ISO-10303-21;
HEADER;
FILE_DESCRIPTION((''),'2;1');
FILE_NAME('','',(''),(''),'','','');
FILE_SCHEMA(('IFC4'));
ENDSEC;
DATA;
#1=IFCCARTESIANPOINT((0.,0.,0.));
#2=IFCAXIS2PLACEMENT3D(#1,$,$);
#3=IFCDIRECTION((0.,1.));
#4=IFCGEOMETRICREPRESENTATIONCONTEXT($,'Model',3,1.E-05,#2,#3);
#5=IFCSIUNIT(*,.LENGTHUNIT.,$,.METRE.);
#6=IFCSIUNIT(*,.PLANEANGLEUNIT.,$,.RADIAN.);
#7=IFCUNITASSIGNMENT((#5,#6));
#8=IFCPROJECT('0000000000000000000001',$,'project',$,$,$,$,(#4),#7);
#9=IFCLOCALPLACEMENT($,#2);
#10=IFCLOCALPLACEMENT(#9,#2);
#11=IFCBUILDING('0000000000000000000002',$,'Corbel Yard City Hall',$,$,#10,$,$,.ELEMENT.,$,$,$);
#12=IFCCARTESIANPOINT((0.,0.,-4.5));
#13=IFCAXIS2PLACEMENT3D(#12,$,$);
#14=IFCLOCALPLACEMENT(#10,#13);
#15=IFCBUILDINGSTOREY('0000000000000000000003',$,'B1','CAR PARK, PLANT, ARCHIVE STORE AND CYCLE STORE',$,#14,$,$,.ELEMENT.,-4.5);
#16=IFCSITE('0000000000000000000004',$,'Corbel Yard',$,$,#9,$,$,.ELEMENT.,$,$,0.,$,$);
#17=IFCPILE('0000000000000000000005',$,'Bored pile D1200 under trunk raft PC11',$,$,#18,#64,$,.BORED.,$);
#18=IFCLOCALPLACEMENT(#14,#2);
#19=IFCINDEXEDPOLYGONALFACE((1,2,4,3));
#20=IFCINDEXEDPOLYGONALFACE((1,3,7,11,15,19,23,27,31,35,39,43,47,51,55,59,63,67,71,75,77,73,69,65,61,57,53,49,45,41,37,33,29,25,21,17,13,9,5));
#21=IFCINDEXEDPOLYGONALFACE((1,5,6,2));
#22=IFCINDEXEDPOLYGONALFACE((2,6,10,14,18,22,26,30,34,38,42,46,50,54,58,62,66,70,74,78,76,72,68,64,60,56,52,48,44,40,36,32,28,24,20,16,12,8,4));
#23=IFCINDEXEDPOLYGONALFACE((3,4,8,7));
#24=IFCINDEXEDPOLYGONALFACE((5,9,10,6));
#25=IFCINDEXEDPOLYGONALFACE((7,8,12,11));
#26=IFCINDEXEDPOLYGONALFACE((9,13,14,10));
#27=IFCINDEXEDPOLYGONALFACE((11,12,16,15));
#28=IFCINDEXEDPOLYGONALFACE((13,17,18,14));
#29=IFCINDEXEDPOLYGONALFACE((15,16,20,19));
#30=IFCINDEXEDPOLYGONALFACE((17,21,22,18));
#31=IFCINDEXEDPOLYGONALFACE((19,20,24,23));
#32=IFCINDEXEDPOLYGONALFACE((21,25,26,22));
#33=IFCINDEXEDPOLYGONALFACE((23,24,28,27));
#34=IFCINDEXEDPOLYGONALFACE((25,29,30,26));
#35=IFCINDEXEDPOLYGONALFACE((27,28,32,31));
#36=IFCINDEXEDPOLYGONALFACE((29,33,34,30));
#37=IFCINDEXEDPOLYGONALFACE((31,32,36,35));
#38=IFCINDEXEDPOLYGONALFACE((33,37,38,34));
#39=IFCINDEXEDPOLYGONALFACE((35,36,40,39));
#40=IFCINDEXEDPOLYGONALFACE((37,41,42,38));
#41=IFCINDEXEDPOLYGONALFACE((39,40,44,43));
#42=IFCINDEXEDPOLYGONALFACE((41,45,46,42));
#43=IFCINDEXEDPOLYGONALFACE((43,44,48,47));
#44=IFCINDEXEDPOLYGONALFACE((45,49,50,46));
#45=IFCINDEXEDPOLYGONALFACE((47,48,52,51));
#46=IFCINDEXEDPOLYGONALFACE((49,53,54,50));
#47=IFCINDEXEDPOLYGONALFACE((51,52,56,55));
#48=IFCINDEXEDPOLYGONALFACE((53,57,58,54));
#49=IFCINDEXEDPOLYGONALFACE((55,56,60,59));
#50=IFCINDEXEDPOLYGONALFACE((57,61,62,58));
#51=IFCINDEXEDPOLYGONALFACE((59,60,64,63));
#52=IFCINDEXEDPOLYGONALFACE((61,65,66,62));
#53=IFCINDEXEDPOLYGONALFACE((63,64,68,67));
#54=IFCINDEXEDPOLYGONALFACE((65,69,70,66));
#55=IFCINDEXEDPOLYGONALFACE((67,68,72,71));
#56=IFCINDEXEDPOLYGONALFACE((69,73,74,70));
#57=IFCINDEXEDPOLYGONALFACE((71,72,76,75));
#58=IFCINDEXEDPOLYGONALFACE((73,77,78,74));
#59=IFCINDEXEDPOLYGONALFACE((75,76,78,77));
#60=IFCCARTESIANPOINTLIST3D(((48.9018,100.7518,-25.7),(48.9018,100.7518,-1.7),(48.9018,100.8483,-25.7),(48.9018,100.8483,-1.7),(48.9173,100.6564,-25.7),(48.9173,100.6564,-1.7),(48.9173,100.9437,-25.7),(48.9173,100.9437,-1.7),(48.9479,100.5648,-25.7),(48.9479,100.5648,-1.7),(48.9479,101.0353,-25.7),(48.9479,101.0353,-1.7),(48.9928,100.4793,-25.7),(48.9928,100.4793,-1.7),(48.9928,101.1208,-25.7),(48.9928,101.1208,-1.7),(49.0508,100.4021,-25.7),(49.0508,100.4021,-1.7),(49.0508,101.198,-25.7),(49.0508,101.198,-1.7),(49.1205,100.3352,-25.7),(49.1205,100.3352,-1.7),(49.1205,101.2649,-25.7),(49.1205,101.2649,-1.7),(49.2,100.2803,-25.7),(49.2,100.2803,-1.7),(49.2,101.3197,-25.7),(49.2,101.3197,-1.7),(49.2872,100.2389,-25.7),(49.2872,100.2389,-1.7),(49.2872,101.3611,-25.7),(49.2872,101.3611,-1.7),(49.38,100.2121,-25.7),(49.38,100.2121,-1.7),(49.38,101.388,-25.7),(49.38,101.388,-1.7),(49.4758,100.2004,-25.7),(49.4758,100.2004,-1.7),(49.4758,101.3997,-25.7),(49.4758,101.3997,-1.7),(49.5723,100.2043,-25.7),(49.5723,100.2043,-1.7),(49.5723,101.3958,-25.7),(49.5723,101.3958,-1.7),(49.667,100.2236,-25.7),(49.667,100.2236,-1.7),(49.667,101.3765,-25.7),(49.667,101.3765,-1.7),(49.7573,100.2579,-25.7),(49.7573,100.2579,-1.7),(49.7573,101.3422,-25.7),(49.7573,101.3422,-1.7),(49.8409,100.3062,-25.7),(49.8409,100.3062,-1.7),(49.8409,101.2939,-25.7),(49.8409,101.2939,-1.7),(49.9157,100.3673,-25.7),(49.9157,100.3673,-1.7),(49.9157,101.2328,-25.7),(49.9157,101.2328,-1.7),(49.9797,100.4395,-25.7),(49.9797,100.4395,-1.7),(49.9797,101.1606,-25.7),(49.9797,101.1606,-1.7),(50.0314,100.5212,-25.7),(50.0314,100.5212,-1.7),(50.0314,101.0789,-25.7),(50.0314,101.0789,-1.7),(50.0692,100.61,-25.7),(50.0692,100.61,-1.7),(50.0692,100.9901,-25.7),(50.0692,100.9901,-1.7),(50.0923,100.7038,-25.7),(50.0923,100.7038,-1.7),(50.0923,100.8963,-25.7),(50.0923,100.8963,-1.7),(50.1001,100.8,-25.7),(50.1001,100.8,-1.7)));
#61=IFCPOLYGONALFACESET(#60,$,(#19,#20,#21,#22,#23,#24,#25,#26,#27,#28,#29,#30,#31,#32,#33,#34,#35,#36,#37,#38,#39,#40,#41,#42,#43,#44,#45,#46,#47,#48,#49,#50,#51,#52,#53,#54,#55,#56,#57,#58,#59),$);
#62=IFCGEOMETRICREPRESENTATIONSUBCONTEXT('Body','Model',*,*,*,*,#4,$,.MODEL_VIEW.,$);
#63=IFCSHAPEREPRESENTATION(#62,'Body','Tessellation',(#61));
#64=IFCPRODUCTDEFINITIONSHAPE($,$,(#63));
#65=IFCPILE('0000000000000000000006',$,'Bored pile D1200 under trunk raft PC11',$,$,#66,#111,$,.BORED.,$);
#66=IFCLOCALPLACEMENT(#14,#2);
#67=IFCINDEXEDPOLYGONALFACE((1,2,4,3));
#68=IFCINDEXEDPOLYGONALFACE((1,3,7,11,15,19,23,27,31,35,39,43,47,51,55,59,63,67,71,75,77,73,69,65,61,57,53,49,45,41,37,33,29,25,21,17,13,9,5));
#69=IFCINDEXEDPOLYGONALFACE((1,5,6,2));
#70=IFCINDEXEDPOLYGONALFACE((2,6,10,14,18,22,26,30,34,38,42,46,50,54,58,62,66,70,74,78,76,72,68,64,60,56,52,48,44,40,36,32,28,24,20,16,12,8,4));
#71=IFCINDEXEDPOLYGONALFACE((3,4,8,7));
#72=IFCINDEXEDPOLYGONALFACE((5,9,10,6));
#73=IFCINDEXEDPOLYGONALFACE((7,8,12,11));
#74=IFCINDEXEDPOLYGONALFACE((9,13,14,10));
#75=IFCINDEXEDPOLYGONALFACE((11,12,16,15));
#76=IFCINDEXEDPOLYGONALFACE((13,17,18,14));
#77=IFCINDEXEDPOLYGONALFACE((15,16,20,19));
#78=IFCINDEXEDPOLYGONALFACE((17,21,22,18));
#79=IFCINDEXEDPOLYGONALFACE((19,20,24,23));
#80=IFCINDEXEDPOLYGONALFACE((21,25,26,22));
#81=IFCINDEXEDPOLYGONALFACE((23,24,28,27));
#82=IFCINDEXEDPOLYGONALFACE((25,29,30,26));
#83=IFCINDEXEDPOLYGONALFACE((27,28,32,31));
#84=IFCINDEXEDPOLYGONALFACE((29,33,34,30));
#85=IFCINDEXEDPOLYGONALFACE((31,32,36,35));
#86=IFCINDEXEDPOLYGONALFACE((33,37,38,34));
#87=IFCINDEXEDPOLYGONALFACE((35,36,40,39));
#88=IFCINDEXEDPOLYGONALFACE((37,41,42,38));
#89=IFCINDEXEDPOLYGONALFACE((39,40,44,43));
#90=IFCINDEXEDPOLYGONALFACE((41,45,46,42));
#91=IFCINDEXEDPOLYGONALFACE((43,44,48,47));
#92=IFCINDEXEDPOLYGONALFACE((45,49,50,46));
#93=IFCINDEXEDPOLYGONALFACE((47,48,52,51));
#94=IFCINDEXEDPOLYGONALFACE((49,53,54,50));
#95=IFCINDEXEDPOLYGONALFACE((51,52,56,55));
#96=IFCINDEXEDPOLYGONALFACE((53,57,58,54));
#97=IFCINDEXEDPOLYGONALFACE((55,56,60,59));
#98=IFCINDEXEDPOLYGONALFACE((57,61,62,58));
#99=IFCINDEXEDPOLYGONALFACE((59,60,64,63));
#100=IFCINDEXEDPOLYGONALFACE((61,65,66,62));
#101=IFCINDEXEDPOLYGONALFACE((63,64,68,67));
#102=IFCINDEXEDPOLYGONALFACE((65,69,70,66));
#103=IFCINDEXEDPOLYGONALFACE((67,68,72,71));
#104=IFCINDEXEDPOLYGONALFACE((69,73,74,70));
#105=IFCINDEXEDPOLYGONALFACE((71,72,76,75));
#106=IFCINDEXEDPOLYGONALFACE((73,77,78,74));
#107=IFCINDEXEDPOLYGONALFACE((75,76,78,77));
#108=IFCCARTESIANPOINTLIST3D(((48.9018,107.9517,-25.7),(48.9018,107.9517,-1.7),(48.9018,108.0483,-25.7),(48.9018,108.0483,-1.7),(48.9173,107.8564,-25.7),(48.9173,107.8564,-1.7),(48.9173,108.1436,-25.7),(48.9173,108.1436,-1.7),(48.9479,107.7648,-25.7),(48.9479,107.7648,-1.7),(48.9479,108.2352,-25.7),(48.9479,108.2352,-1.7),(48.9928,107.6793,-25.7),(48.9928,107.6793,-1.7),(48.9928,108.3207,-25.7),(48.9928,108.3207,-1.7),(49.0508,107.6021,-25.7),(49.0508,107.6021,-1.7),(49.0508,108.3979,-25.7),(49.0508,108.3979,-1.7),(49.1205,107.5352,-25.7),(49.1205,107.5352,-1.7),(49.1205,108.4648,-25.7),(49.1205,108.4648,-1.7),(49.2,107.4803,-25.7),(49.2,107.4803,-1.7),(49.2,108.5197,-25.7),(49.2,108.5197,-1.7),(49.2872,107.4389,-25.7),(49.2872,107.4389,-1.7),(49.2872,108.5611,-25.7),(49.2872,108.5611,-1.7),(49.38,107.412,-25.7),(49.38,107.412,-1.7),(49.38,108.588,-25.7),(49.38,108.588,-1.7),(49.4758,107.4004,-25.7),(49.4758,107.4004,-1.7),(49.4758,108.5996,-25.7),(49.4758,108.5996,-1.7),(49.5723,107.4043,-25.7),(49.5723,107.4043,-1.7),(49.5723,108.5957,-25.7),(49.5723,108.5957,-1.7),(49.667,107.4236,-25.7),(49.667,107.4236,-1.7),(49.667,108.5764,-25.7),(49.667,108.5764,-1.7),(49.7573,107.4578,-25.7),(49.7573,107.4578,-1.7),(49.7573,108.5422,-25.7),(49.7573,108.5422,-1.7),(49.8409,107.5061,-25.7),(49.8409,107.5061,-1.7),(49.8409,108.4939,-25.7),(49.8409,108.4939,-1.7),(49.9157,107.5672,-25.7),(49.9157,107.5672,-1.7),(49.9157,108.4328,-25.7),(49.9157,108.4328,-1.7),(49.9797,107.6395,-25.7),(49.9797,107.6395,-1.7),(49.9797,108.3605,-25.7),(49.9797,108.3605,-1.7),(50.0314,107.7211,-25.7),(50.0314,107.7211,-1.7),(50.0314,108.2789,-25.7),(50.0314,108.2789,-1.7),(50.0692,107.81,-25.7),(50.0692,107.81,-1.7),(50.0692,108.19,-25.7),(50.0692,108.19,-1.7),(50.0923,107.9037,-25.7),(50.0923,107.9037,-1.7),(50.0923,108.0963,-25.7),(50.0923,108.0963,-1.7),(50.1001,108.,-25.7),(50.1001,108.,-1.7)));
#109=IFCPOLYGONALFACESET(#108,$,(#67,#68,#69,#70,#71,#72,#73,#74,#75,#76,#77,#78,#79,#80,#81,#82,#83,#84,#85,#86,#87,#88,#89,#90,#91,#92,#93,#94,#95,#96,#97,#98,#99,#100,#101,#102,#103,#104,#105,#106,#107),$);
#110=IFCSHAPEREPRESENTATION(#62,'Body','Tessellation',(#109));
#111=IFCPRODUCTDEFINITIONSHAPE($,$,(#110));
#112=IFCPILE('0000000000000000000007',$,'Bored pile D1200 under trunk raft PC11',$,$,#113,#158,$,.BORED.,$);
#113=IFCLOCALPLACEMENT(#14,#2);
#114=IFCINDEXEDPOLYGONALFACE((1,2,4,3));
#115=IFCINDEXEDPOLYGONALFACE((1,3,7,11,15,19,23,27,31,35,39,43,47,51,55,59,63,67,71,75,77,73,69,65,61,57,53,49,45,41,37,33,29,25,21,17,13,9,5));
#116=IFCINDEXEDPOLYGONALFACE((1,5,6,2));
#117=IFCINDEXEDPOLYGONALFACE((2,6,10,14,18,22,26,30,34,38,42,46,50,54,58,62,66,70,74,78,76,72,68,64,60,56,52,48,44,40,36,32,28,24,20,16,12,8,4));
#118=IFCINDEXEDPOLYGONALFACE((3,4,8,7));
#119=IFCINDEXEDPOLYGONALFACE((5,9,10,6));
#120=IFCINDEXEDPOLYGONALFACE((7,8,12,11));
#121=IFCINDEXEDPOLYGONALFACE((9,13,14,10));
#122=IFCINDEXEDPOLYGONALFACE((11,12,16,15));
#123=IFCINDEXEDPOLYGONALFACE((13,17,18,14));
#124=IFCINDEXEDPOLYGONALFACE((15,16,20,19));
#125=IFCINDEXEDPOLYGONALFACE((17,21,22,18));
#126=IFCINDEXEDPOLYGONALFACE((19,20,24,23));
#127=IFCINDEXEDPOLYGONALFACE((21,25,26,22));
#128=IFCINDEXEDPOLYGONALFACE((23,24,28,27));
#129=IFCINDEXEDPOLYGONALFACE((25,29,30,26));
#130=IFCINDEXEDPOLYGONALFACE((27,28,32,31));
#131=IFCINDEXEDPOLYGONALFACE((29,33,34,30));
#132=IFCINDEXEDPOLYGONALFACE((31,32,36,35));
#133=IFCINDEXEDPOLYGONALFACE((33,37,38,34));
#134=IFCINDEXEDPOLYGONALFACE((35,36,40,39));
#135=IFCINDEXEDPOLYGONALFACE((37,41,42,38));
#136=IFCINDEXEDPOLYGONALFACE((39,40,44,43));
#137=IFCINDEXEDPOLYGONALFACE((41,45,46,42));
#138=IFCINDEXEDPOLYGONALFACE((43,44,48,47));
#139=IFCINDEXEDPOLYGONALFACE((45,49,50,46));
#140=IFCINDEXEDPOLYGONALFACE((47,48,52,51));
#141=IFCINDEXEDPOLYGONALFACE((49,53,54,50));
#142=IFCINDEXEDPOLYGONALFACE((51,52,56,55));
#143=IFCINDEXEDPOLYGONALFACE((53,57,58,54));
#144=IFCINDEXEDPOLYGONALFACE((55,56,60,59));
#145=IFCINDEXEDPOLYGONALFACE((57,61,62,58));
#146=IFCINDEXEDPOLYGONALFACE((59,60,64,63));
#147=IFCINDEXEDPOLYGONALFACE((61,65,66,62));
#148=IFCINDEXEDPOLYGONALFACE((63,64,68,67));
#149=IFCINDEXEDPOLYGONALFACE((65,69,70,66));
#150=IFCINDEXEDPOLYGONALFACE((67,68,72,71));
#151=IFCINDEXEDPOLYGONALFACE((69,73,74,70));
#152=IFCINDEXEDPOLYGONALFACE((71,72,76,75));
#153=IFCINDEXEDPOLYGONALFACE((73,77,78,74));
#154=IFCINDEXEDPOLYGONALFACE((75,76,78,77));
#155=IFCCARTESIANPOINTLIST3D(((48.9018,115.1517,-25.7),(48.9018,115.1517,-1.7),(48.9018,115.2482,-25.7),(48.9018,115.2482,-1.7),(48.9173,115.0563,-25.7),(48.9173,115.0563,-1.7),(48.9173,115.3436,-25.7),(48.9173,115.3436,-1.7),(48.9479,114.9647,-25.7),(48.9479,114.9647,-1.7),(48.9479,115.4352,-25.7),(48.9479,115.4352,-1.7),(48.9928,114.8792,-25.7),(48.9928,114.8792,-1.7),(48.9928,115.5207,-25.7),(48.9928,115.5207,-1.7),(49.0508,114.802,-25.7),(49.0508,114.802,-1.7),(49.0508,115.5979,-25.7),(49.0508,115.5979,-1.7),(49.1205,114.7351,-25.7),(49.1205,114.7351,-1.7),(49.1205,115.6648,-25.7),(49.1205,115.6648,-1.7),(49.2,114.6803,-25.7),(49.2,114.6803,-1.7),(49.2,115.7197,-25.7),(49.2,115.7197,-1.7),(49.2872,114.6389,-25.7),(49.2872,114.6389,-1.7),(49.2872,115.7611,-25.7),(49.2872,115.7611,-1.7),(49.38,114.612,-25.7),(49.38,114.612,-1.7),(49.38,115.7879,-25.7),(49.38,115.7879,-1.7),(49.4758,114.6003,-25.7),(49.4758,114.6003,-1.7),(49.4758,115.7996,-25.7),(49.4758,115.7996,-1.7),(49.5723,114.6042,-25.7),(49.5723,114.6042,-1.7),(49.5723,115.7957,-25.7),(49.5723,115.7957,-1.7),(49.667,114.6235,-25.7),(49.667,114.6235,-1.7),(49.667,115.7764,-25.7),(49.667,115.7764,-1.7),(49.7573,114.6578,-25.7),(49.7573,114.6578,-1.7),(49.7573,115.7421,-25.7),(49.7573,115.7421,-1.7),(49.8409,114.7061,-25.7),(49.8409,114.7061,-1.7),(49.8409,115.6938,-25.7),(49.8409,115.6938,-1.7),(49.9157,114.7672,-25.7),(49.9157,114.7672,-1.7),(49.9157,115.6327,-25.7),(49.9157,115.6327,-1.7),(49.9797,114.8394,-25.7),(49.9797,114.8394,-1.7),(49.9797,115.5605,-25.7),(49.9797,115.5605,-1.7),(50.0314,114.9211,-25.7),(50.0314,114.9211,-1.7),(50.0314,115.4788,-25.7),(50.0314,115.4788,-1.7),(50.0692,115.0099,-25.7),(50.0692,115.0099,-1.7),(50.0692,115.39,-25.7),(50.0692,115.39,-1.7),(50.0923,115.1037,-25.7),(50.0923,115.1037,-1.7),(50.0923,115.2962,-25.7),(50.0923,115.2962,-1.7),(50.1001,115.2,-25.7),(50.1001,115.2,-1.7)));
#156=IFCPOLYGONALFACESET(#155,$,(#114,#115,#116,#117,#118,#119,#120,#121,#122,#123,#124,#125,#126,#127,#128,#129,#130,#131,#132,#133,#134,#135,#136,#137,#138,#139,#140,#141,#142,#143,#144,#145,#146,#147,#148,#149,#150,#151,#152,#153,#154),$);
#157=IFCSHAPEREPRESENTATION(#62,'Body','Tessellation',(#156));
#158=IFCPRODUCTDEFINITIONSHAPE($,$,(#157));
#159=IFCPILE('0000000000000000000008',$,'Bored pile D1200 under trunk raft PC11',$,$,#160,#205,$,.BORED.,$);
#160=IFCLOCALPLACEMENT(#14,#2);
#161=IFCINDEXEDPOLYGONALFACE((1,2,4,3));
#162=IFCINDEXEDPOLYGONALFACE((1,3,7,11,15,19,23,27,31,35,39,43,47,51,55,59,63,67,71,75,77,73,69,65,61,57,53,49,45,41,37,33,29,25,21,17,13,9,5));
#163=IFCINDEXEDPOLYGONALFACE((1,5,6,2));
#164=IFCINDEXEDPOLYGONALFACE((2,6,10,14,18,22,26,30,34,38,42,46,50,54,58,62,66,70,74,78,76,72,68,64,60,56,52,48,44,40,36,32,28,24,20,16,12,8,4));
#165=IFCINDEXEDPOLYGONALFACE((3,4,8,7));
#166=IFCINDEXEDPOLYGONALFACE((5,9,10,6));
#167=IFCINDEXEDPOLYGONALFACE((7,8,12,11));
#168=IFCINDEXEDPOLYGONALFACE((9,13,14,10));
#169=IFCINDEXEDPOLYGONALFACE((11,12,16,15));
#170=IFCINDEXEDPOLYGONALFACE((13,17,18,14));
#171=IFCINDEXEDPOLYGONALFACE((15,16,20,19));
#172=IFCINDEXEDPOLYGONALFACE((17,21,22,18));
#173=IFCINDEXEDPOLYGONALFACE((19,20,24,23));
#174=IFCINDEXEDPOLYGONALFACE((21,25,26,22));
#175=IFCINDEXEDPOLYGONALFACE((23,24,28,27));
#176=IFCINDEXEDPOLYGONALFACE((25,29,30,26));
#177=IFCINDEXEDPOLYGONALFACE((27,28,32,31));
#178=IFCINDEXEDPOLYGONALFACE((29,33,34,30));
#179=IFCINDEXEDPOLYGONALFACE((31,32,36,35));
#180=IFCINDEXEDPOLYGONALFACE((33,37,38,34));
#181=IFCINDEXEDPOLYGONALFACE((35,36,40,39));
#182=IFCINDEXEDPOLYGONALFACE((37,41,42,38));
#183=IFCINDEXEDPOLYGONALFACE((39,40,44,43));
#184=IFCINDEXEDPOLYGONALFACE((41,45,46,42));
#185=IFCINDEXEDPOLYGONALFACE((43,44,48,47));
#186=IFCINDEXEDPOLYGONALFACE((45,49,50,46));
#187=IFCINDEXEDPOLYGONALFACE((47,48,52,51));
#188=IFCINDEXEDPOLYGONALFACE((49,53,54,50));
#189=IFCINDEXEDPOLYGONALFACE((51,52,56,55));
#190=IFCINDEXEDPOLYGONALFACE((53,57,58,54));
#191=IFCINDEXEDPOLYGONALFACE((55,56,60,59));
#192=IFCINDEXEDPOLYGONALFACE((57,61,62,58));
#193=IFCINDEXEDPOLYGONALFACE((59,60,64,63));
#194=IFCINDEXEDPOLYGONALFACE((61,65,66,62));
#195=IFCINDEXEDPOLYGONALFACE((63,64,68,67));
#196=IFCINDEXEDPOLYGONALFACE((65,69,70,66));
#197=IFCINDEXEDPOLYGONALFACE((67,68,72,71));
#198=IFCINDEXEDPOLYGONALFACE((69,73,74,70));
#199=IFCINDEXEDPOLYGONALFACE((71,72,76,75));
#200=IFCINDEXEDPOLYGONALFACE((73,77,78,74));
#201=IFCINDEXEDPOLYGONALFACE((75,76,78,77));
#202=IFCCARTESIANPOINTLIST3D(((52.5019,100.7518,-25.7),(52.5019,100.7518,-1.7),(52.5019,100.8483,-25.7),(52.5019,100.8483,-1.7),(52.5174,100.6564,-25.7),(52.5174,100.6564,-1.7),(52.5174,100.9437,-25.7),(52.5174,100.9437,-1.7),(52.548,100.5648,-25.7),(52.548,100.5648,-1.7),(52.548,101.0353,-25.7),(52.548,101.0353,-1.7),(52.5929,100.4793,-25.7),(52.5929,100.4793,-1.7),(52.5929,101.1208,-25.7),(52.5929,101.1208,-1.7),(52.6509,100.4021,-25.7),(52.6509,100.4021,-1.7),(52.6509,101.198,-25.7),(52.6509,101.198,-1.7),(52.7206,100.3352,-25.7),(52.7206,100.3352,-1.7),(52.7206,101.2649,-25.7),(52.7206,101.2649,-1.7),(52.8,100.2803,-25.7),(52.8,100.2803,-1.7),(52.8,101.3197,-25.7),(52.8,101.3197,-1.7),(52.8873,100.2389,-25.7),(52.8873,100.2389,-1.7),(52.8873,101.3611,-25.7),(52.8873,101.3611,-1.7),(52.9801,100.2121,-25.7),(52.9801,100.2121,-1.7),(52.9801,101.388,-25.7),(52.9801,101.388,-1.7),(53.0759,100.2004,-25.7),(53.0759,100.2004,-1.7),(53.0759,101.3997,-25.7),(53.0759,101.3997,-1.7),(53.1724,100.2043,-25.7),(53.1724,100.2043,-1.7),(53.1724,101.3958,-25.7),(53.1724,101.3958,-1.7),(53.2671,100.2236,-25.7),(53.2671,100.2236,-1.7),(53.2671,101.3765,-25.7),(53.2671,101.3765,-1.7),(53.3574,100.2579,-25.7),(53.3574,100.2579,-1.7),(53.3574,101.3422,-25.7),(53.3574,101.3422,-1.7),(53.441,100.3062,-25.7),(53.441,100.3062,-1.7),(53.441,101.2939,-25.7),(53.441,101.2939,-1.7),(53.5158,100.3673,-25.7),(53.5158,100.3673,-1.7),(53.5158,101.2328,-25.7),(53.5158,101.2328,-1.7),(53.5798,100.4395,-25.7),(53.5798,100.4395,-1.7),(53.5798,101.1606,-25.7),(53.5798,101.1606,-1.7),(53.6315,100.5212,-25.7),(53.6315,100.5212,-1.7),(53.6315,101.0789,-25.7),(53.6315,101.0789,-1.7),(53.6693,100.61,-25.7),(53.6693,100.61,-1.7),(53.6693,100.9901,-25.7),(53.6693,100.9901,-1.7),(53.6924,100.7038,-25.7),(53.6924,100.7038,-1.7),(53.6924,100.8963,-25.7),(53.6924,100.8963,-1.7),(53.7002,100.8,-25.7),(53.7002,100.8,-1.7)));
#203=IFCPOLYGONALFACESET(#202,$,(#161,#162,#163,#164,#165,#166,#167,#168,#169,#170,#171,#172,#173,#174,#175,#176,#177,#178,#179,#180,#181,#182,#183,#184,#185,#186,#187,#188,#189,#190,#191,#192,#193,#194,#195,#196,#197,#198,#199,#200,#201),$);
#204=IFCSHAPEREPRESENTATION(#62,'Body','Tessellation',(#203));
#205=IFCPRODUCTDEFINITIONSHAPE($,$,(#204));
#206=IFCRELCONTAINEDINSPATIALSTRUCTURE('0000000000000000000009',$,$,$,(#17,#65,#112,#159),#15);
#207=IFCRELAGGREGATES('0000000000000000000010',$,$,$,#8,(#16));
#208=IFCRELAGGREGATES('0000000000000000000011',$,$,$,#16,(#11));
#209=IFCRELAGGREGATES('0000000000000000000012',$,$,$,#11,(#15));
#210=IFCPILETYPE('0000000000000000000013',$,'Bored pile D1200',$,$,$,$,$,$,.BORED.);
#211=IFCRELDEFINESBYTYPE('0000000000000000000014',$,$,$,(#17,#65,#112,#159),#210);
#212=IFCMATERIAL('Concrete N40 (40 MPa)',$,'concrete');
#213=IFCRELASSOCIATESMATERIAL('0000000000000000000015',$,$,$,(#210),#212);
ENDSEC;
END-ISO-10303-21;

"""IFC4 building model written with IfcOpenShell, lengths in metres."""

from ifc_helpers import new_model, si_unit, direction, frame, origin, origin_2d, place, context, subcontext, project, spatial, circle, extrude, material, material_profile, profile_set, type_object, element, save


model = new_model("IFC4")

# Units and contexts
model_context = context("Model", 3, precision=1e-05, world=origin(), true_north=direction((0.0, 1.0)))
body_context = subcontext(model_context, "Body", "Model", "MODEL_VIEW")
ifc_project = project(units=[si_unit("LENGTHUNIT", "METRE"), si_unit("PLANEANGLEUNIT", "RADIAN")], contexts=[model_context])

# Site, building, storey
site_placement = place(None, origin())
site = spatial("IfcSite", under=ifc_project, at=site_placement, Name="Corbel Yard", CompositionType="ELEMENT", RefElevation=0.0)
building_placement = place(site_placement, origin())
building = spatial("IfcBuilding", under=site, at=building_placement, Name="Corbel Yard City Hall", CompositionType="ELEMENT")
storey_placement = place(building_placement, frame((0.0, 0.0, -4.5)))
storey = spatial("IfcBuildingStorey", under=building, at=storey_placement, Name="B1", Description="CAR PARK, PLANT, ARCHIVE STORE AND CYCLE STORE", CompositionType="ELEMENT", Elevation=-4.5)

# Piles
ifc_material_1 = material(Name="Concrete N40 (40 MPa)", Category="concrete")
ifc_material_profile_1 = material_profile(ifc_material_1, circle(Radius=0.6001, at=origin_2d()), Name="D1200")
ifc_profile_set_1 = profile_set([ifc_material_profile_1], Name="Concrete N40 (40 MPa)")
pile_type_1 = type_object("IfcPileType", Name="Bored pile D1200", PredefinedType="BORED", material=ifc_profile_set_1)
for number, where, z_axis, x_axis, name in (
    (1, (49.5, 100.8, -1.7), (0.0, 0.0, -1.0), (1.0, 0.0, 0.0), "Bored pile D1200 under trunk raft PC11"),
    (2, (49.5, 108.0, -1.7), (0.0, 0.0, -1.0), (1.0, 0.0, 0.0), "Bored pile D1200 under trunk raft PC11"),
    (3, (49.5, 115.2, -1.7), (0.0, 0.0, -1.0), (1.0, 0.0, 0.0), "Bored pile D1200 under trunk raft PC11"),
    (4, (53.1001, 100.8, -1.7), (0.0, 0.0, -1.0), (1.0, 0.0, 0.0), "Bored pile D1200 under trunk raft PC11"),
):
    element("IfcPile", number, at=place(storey_placement, frame(where, z_axis=z_axis, x_axis=x_axis)), inside=storey, type_object=pile_type_1, Name=name, PredefinedType="BORED", context=body_context, shape_type="SweptSolid", body=[
        extrude(circle(Radius=0.6001, at=origin_2d()), origin(), (0.0, 0.0, 1.0), 24.0),
    ])

save(model, "model.ifc")
